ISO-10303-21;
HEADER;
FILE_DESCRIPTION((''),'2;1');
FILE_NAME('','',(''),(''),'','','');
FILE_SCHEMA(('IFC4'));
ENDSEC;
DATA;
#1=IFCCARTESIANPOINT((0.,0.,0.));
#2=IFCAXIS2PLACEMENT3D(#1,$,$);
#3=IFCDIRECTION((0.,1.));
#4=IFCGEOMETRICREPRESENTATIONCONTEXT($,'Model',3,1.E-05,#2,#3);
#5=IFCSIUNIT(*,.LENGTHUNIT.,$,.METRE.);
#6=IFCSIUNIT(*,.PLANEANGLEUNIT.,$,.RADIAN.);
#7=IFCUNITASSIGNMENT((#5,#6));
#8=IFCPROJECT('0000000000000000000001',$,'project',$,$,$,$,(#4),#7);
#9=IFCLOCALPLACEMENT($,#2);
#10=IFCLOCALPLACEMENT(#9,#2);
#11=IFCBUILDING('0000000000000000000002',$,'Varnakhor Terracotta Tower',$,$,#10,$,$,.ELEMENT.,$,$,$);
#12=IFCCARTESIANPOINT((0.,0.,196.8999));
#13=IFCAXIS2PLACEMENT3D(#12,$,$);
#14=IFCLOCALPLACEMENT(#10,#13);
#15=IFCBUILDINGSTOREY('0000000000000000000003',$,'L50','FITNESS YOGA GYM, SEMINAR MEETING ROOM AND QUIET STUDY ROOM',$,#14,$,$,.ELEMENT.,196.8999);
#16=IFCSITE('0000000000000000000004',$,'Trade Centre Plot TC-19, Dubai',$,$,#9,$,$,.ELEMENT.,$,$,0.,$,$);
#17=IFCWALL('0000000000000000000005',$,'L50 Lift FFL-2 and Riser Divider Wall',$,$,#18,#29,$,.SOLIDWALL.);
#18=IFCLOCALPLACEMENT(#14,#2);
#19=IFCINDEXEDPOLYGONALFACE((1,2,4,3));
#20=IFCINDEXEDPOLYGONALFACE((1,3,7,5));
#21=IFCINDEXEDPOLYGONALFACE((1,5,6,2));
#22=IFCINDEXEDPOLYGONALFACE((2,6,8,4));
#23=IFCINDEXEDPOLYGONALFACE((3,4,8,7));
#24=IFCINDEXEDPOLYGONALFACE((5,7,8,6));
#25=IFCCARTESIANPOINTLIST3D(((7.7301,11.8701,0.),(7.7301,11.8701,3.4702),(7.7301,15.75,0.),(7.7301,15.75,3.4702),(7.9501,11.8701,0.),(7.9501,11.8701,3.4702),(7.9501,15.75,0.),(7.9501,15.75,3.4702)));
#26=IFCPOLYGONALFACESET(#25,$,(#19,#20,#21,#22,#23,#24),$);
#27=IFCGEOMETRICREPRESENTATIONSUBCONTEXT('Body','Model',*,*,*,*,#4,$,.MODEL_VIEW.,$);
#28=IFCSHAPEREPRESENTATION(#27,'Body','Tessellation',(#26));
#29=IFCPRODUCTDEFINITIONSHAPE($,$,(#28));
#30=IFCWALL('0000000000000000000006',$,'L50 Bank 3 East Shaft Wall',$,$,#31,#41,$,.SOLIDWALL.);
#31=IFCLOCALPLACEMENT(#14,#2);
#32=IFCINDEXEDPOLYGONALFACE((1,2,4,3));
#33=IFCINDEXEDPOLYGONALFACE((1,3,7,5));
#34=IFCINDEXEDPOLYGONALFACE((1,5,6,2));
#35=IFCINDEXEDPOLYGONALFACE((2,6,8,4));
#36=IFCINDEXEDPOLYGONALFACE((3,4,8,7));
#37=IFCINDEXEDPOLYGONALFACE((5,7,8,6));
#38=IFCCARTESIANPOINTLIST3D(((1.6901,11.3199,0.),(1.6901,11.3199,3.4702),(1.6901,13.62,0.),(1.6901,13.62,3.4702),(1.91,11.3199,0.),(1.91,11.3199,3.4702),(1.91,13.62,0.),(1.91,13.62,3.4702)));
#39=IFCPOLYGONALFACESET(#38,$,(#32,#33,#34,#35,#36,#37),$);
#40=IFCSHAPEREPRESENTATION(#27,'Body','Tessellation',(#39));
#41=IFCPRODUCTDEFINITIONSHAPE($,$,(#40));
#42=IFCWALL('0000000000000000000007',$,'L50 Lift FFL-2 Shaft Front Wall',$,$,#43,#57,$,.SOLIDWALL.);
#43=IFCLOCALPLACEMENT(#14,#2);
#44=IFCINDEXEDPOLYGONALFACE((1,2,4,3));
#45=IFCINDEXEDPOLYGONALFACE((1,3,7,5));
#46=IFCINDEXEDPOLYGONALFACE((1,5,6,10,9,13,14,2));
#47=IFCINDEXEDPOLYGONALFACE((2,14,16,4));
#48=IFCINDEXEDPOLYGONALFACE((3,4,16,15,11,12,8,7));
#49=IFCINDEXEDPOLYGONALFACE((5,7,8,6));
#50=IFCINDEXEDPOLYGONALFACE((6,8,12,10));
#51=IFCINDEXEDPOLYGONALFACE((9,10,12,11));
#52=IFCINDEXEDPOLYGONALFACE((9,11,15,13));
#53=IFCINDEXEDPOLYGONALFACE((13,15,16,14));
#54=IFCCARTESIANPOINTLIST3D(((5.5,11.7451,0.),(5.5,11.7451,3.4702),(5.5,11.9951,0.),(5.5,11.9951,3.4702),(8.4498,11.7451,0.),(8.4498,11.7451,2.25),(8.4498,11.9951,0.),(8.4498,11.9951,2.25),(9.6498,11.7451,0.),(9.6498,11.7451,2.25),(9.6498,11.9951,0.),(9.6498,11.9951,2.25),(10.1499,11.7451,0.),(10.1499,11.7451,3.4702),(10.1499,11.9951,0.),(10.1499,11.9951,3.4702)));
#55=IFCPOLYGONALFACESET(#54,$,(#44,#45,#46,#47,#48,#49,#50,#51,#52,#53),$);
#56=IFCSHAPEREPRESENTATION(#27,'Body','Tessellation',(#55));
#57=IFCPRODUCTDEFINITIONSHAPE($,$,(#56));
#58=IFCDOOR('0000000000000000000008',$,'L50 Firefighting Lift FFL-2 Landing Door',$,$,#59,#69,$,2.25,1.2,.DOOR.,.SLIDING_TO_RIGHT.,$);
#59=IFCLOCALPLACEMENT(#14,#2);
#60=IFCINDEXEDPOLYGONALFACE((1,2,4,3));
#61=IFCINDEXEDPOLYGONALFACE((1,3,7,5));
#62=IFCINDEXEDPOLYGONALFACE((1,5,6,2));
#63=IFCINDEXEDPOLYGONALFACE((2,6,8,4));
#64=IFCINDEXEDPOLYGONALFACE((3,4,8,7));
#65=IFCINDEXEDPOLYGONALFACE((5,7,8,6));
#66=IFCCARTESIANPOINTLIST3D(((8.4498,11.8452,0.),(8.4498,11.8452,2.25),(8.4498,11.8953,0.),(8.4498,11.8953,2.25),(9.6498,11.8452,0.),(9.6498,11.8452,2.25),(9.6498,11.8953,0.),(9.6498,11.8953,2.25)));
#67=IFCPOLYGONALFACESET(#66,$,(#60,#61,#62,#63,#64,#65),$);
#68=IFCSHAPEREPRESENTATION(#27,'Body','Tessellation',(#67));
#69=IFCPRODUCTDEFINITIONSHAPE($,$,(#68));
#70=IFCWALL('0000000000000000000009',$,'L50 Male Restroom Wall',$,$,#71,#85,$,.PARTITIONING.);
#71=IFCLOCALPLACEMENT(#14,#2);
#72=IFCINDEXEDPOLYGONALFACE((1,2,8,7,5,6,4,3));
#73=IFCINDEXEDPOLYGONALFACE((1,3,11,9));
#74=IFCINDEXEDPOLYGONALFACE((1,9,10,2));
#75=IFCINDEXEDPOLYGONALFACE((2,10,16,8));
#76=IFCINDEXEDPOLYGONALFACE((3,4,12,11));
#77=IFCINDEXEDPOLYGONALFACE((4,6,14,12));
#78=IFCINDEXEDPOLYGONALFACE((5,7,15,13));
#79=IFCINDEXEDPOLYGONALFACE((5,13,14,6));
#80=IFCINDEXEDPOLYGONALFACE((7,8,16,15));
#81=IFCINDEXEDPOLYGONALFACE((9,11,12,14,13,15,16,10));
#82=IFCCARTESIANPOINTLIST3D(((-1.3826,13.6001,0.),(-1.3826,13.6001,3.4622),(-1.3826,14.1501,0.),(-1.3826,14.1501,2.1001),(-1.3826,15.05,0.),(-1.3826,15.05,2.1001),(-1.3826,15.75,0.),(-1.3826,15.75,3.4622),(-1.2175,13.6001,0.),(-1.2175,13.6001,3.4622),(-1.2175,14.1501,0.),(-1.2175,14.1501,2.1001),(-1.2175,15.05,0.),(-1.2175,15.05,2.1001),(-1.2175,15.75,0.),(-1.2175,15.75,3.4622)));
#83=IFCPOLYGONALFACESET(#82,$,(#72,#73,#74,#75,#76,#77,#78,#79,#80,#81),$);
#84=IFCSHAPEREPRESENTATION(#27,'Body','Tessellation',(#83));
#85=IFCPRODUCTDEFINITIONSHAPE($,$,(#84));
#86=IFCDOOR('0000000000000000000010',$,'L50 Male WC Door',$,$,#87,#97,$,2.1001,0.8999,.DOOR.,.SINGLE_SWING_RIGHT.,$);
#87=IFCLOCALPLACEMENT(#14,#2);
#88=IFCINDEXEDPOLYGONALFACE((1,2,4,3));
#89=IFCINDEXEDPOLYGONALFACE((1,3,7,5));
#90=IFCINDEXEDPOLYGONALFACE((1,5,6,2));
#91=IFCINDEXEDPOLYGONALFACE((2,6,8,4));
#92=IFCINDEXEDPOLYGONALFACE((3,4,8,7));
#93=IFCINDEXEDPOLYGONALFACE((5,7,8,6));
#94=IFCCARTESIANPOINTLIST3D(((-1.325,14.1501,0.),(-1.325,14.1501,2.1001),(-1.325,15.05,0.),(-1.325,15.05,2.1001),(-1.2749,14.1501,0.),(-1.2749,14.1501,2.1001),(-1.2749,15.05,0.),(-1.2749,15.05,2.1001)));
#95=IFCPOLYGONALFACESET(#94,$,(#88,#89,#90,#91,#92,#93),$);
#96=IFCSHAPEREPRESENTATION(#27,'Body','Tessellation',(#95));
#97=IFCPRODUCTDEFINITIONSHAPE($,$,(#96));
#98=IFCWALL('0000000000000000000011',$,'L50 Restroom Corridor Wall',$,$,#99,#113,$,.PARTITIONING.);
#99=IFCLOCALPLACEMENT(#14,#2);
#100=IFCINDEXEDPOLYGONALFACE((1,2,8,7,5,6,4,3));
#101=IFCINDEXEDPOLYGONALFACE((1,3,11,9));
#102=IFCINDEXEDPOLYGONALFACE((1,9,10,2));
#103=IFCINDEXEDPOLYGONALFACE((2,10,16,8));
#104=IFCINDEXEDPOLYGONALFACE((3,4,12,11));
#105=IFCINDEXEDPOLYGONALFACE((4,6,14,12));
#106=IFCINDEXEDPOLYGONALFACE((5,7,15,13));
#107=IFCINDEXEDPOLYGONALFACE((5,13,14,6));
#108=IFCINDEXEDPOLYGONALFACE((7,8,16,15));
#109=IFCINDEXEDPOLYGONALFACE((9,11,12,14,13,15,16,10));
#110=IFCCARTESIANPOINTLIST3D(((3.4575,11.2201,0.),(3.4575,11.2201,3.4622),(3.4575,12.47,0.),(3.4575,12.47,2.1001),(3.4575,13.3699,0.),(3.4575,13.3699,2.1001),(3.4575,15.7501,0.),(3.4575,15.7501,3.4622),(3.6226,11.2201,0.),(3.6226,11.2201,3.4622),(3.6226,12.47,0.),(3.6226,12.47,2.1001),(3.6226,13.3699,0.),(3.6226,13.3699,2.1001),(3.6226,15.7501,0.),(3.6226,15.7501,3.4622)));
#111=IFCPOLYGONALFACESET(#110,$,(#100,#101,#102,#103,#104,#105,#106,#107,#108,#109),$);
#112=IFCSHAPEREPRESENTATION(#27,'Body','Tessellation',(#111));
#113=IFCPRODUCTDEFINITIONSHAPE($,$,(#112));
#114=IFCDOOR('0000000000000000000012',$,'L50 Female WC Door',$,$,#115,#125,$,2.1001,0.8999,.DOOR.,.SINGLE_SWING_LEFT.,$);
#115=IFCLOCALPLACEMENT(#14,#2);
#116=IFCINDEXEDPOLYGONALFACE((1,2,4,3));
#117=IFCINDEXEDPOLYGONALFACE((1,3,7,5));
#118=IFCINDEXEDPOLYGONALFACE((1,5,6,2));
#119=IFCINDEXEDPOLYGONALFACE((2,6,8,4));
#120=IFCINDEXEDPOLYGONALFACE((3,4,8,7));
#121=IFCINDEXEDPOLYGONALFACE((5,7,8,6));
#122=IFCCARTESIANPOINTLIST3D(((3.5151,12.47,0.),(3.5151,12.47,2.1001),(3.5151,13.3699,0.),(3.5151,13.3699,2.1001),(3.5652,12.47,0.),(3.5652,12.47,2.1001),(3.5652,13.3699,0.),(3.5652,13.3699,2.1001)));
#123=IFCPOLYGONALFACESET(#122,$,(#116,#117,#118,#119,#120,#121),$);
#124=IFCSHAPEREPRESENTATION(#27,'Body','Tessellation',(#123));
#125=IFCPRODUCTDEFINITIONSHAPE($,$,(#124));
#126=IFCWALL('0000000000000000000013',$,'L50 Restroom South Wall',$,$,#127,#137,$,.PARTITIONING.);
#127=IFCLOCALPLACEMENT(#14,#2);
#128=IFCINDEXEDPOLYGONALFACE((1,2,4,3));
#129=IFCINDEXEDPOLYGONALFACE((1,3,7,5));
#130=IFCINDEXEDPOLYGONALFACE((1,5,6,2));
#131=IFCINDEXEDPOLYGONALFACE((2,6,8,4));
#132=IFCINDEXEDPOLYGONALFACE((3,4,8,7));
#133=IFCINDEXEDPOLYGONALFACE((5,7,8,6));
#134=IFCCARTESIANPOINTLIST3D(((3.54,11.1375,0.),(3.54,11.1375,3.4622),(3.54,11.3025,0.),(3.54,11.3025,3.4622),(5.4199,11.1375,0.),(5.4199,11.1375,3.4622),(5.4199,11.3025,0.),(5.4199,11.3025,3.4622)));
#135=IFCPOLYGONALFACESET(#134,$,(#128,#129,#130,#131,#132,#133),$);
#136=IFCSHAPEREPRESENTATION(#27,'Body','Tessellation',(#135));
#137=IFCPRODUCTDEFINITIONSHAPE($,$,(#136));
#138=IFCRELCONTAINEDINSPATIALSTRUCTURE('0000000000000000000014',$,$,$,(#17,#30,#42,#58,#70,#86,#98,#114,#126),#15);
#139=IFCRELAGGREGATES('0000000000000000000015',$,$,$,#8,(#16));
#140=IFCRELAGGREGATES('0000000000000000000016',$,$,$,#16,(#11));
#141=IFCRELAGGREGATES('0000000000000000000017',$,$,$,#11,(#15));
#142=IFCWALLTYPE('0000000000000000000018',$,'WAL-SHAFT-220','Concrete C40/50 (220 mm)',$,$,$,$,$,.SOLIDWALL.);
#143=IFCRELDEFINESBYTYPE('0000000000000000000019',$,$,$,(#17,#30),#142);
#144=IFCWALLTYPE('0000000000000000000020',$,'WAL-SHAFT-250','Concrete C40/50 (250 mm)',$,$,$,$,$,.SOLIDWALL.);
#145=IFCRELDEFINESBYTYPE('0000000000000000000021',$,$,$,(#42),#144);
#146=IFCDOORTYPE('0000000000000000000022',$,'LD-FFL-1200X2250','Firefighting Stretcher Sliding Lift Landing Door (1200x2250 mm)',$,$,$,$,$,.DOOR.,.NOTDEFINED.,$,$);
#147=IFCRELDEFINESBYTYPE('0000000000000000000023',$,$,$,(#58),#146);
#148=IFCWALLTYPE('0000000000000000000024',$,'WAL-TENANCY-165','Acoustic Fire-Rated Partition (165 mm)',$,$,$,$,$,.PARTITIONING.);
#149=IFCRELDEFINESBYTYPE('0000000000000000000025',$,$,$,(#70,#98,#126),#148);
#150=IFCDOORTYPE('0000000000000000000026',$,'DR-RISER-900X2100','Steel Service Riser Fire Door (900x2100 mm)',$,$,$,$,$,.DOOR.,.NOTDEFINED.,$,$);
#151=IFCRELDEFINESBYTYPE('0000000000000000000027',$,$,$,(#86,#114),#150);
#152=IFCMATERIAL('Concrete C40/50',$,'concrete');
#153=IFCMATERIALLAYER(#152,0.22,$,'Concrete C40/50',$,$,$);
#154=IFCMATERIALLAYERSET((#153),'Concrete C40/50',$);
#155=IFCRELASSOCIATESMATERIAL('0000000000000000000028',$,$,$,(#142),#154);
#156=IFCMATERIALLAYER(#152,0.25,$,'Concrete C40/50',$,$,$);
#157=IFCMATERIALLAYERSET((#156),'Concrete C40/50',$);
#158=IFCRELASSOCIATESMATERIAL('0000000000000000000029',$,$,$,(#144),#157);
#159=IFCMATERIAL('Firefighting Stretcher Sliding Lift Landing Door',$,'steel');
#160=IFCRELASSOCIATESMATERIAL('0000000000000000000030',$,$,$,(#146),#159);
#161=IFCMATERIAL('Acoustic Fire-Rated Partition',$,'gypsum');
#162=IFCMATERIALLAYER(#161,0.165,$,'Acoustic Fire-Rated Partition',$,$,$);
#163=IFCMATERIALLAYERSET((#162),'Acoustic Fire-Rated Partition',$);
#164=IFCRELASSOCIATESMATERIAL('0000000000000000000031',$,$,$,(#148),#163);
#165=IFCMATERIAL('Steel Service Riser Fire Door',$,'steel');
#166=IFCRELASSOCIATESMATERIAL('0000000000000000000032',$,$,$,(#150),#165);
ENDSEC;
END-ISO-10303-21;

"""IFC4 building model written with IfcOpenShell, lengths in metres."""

from ifc_helpers import new_model, si_unit, direction, frame, frame_2d, origin, place, context, subcontext, project, spatial, rectangle, extrude, source, transform, mapped, material, layer, layer_set, type_object, type_shapes, element, fill, save


model = new_model("IFC4")

# Units and contexts
model_context = context("Model", 3, precision=1e-05, world=origin(), true_north=direction((0.0, 1.0)))
body_context = subcontext(model_context, "Body", "Model", "MODEL_VIEW")
ifc_project = project(units=[si_unit("LENGTHUNIT", "METRE"), si_unit("PLANEANGLEUNIT", "RADIAN")], contexts=[model_context])

# Site, building, storey
site_placement = place(None, origin())
site = spatial("IfcSite", under=ifc_project, at=site_placement, Name="Trade Centre Plot TC-19, Dubai", CompositionType="ELEMENT", RefElevation=0.0)
building_placement = place(site_placement, origin())
building = spatial("IfcBuilding", under=site, at=building_placement, Name="Varnakhor Terracotta Tower", CompositionType="ELEMENT")
storey_placement = place(building_placement, frame((0.0, 0.0, 196.8999)))
storey = spatial("IfcBuildingStorey", under=building, at=storey_placement, Name="L50", Description="FITNESS YOGA GYM, SEMINAR MEETING ROOM AND QUIET STUDY ROOM", CompositionType="ELEMENT", Elevation=196.8999)

# Walls
ifc_material_1 = material(Name="Concrete C40/50", Category="concrete")
ifc_layer_1 = layer(ifc_material_1, 0.22, Name="Concrete C40/50")
ifc_layer_set_1 = layer_set([ifc_layer_1], Name="Concrete C40/50")
wall_type_1 = type_object("IfcWallType", Name="WAL-SHAFT-220", Description="Concrete C40/50 (220 mm)", PredefinedType="SOLIDWALL", material=ifc_layer_set_1)
wall_1_placement = place(storey_placement, frame((7.8401, 11.8701, 0.0), z_axis=(0.0, 0.0, 1.0), x_axis=(0.0, 1.0, 0.0)))
element("IfcWall", 1, at=wall_1_placement, inside=storey, type_object=wall_type_1, Name="L50 Lift FFL-2 and Riser Divider Wall", PredefinedType="SOLIDWALL", context=body_context, shape_type="SweptSolid", body=[
    extrude(rectangle(XDim=3.8799, YDim=0.22, at=frame_2d((1.9399, 0.0))), origin(), (0.0, 0.0, 1.0), 3.4702),
])
wall_2_placement = place(storey_placement, frame((1.8, 11.3201, 0.0), z_axis=(0.0, 0.0, 1.0), x_axis=(0.0, 1.0, 0.0)))
element("IfcWall", 2, at=wall_2_placement, inside=storey, type_object=wall_type_1, Name="L50 Bank 3 East Shaft Wall", PredefinedType="SOLIDWALL", context=body_context, shape_type="SweptSolid", body=[
    extrude(rectangle(XDim=2.3, YDim=0.22, at=frame_2d((1.1499, 0.0))), origin(), (0.0, 0.0, 1.0), 3.4702),
])

# Walls, openings, doors
ifc_layer_2 = layer(ifc_material_1, 0.25, Name="Concrete C40/50")
ifc_layer_set_2 = layer_set([ifc_layer_2], Name="Concrete C40/50")
wall_type_2 = type_object("IfcWallType", Name="WAL-SHAFT-250", Description="Concrete C40/50 (250 mm)", PredefinedType="SOLIDWALL", material=ifc_layer_set_2)
wall_3_placement = place(storey_placement, frame((10.1499, 11.8701, 0.0), z_axis=(0.0, 0.0, 1.0), x_axis=(-1.0, 0.0, 0.0)))
wall_3 = element("IfcWall", 3, at=wall_3_placement, inside=storey, type_object=wall_type_2, Name="L50 Lift FFL-2 Shaft Front Wall", PredefinedType="SOLIDWALL", context=body_context, shape_type="SweptSolid", body=[
    extrude(rectangle(XDim=4.6499, YDim=0.25, at=frame_2d((2.325, 0.0))), origin(), (0.0, 0.0, 1.0), 3.4702),
])
opening_1_placement = place(wall_3_placement, frame((0.5, 0.0, 0.0)))
opening_1 = element("IfcOpeningElement", 4, at=opening_1_placement, cuts=wall_3, PredefinedType="OPENING", context=body_context, shape_type="SweptSolid", body=[
    extrude(rectangle(XDim=1.2, YDim=2.25, at=frame_2d((0.6001, 1.125))), frame((0.0, 0.135, 0.0), z_axis=(0.0, -1.0, 0.0), x_axis=(1.0, 0.0, 0.0)), (0.0, 0.0, 1.0), 0.27),
])
ifc_material_2 = material(Name="Firefighting Stretcher Sliding Lift Landing Door", Category="steel")
door_type_1 = type_object("IfcDoorType", Name="LD-FFL-1200X2250", Description="Firefighting Stretcher Sliding Lift Landing Door (1200x2250 mm)", OperationType="NOTDEFINED", PredefinedType="DOOR", material=ifc_material_2)
shared_shape_1 = source(origin(), body_context, "Body", "SweptSolid", [
    extrude(rectangle(XDim=1.2, YDim=2.25, at=frame_2d((0.6001, 1.125))), frame((0.0, 0.0249, 0.0), z_axis=(0.0, -1.0, 0.0), x_axis=(1.0, 0.0, 0.0)), (0.0, 0.0, 1.0), 0.05),
])
type_shapes(door_type_1, [shared_shape_1])
door_1_placement = place(opening_1_placement, origin())
door_1 = element("IfcDoor", 5, at=door_1_placement, inside=storey, type_object=door_type_1, Name="L50 Firefighting Lift FFL-2 Landing Door", OperationType="SLIDING_TO_RIGHT", OverallHeight=2.25, OverallWidth=1.2, PredefinedType="DOOR", context=body_context, shape_type="MappedRepresentation", body=[
    mapped(shared_shape_1, transform((0.0, 0.0, 0.0), scale=1.0)),
])
fill(opening_1, door_1)
ifc_material_3 = material(Name="Acoustic Fire-Rated Partition", Category="gypsum")
ifc_layer_3 = layer(ifc_material_3, 0.165, Name="Acoustic Fire-Rated Partition")
ifc_layer_set_3 = layer_set([ifc_layer_3], Name="Acoustic Fire-Rated Partition")
wall_type_3 = type_object("IfcWallType", Name="WAL-TENANCY-165", Description="Acoustic Fire-Rated Partition (165 mm)", PredefinedType="PARTITIONING", material=ifc_layer_set_3)
wall_4_placement = place(storey_placement, frame((-1.3, 13.6001, 0.0), z_axis=(0.0, 0.0, 1.0), x_axis=(0.0, 1.0, 0.0)))
wall_4 = element("IfcWall", 6, at=wall_4_placement, inside=storey, type_object=wall_type_3, Name="L50 Male Restroom Wall", PredefinedType="PARTITIONING", context=body_context, shape_type="SweptSolid", body=[
    extrude(rectangle(XDim=2.1499, YDim=0.165, at=frame_2d((1.075, 0.0))), origin(), (0.0, 0.0, 1.0), 3.4622),
])
opening_2_placement = place(wall_4_placement, frame((0.55, 0.0, 0.0)))
opening_2 = element("IfcOpeningElement", 7, at=opening_2_placement, cuts=wall_4, PredefinedType="OPENING", context=body_context, shape_type="SweptSolid", body=[
    extrude(rectangle(XDim=0.8999, YDim=2.1001, at=frame_2d((0.45, 1.05))), frame((0.0, 0.0925, 0.0), z_axis=(0.0, -1.0, 0.0), x_axis=(1.0, 0.0, 0.0)), (0.0, 0.0, 1.0), 0.1851),
])
ifc_material_4 = material(Name="Steel Service Riser Fire Door", Category="steel")
door_type_2 = type_object("IfcDoorType", Name="DR-RISER-900X2100", Description="Steel Service Riser Fire Door (900x2100 mm)", OperationType="NOTDEFINED", PredefinedType="DOOR", material=ifc_material_4)
shared_shape_2 = source(origin(), body_context, "Body", "SweptSolid", [
    extrude(rectangle(XDim=0.8999, YDim=2.1001, at=frame_2d((0.45, 1.05))), frame((0.0, 0.0249, 0.0), z_axis=(0.0, -1.0, 0.0), x_axis=(1.0, 0.0, 0.0)), (0.0, 0.0, 1.0), 0.05),
])
type_shapes(door_type_2, [shared_shape_2])
door_2_placement = place(opening_2_placement, origin())
door_2 = element("IfcDoor", 8, at=door_2_placement, inside=storey, type_object=door_type_2, Name="L50 Male WC Door", OperationType="SINGLE_SWING_RIGHT", OverallHeight=2.1001, OverallWidth=0.8999, PredefinedType="DOOR", context=body_context, shape_type="MappedRepresentation", body=[
    mapped(shared_shape_2, transform((0.0, 0.0, 0.0), scale=1.0)),
])
fill(opening_2, door_2)
wall_5_placement = place(storey_placement, frame((3.54, 11.22, 0.0), z_axis=(0.0, 0.0, 1.0), x_axis=(0.0, 1.0, 0.0)))
wall_5 = element("IfcWall", 9, at=wall_5_placement, inside=storey, type_object=wall_type_3, Name="L50 Restroom Corridor Wall", PredefinedType="PARTITIONING", context=body_context, shape_type="SweptSolid", body=[
    extrude(rectangle(XDim=4.53, YDim=0.165, at=frame_2d((2.2651, 0.0))), origin(), (0.0, 0.0, 1.0), 3.4622),
])
opening_3_placement = place(wall_5_placement, frame((1.25, 0.0, 0.0)))
opening_3 = element("IfcOpeningElement", 10, at=opening_3_placement, cuts=wall_5, PredefinedType="OPENING", context=body_context, shape_type="SweptSolid", body=[
    extrude(rectangle(XDim=0.8999, YDim=2.1001, at=frame_2d((0.45, 1.05))), frame((0.0, 0.0925, 0.0), z_axis=(0.0, -1.0, 0.0), x_axis=(1.0, 0.0, 0.0)), (0.0, 0.0, 1.0), 0.1851),
])
door_3_placement = place(opening_3_placement, origin())
door_3 = element("IfcDoor", 11, at=door_3_placement, inside=storey, type_object=door_type_2, Name="L50 Female WC Door", OperationType="SINGLE_SWING_LEFT", OverallHeight=2.1001, OverallWidth=0.8999, PredefinedType="DOOR", context=body_context, shape_type="MappedRepresentation", body=[
    mapped(shared_shape_2, transform((0.0, 0.0, 0.0), scale=1.0)),
])
fill(opening_3, door_3)

# Wall
wall_6_placement = place(storey_placement, frame((3.54, 11.22, 0.0), z_axis=(0.0, 0.0, 1.0), x_axis=(1.0, 0.0, 0.0)))
element("IfcWall", 12, at=wall_6_placement, inside=storey, type_object=wall_type_3, Name="L50 Restroom South Wall", PredefinedType="PARTITIONING", context=body_context, shape_type="SweptSolid", body=[
    extrude(rectangle(XDim=1.8799, YDim=0.165, at=frame_2d((0.9399, 0.0))), origin(), (0.0, 0.0, 1.0), 3.4622),
])

save(model, "model.ifc")
